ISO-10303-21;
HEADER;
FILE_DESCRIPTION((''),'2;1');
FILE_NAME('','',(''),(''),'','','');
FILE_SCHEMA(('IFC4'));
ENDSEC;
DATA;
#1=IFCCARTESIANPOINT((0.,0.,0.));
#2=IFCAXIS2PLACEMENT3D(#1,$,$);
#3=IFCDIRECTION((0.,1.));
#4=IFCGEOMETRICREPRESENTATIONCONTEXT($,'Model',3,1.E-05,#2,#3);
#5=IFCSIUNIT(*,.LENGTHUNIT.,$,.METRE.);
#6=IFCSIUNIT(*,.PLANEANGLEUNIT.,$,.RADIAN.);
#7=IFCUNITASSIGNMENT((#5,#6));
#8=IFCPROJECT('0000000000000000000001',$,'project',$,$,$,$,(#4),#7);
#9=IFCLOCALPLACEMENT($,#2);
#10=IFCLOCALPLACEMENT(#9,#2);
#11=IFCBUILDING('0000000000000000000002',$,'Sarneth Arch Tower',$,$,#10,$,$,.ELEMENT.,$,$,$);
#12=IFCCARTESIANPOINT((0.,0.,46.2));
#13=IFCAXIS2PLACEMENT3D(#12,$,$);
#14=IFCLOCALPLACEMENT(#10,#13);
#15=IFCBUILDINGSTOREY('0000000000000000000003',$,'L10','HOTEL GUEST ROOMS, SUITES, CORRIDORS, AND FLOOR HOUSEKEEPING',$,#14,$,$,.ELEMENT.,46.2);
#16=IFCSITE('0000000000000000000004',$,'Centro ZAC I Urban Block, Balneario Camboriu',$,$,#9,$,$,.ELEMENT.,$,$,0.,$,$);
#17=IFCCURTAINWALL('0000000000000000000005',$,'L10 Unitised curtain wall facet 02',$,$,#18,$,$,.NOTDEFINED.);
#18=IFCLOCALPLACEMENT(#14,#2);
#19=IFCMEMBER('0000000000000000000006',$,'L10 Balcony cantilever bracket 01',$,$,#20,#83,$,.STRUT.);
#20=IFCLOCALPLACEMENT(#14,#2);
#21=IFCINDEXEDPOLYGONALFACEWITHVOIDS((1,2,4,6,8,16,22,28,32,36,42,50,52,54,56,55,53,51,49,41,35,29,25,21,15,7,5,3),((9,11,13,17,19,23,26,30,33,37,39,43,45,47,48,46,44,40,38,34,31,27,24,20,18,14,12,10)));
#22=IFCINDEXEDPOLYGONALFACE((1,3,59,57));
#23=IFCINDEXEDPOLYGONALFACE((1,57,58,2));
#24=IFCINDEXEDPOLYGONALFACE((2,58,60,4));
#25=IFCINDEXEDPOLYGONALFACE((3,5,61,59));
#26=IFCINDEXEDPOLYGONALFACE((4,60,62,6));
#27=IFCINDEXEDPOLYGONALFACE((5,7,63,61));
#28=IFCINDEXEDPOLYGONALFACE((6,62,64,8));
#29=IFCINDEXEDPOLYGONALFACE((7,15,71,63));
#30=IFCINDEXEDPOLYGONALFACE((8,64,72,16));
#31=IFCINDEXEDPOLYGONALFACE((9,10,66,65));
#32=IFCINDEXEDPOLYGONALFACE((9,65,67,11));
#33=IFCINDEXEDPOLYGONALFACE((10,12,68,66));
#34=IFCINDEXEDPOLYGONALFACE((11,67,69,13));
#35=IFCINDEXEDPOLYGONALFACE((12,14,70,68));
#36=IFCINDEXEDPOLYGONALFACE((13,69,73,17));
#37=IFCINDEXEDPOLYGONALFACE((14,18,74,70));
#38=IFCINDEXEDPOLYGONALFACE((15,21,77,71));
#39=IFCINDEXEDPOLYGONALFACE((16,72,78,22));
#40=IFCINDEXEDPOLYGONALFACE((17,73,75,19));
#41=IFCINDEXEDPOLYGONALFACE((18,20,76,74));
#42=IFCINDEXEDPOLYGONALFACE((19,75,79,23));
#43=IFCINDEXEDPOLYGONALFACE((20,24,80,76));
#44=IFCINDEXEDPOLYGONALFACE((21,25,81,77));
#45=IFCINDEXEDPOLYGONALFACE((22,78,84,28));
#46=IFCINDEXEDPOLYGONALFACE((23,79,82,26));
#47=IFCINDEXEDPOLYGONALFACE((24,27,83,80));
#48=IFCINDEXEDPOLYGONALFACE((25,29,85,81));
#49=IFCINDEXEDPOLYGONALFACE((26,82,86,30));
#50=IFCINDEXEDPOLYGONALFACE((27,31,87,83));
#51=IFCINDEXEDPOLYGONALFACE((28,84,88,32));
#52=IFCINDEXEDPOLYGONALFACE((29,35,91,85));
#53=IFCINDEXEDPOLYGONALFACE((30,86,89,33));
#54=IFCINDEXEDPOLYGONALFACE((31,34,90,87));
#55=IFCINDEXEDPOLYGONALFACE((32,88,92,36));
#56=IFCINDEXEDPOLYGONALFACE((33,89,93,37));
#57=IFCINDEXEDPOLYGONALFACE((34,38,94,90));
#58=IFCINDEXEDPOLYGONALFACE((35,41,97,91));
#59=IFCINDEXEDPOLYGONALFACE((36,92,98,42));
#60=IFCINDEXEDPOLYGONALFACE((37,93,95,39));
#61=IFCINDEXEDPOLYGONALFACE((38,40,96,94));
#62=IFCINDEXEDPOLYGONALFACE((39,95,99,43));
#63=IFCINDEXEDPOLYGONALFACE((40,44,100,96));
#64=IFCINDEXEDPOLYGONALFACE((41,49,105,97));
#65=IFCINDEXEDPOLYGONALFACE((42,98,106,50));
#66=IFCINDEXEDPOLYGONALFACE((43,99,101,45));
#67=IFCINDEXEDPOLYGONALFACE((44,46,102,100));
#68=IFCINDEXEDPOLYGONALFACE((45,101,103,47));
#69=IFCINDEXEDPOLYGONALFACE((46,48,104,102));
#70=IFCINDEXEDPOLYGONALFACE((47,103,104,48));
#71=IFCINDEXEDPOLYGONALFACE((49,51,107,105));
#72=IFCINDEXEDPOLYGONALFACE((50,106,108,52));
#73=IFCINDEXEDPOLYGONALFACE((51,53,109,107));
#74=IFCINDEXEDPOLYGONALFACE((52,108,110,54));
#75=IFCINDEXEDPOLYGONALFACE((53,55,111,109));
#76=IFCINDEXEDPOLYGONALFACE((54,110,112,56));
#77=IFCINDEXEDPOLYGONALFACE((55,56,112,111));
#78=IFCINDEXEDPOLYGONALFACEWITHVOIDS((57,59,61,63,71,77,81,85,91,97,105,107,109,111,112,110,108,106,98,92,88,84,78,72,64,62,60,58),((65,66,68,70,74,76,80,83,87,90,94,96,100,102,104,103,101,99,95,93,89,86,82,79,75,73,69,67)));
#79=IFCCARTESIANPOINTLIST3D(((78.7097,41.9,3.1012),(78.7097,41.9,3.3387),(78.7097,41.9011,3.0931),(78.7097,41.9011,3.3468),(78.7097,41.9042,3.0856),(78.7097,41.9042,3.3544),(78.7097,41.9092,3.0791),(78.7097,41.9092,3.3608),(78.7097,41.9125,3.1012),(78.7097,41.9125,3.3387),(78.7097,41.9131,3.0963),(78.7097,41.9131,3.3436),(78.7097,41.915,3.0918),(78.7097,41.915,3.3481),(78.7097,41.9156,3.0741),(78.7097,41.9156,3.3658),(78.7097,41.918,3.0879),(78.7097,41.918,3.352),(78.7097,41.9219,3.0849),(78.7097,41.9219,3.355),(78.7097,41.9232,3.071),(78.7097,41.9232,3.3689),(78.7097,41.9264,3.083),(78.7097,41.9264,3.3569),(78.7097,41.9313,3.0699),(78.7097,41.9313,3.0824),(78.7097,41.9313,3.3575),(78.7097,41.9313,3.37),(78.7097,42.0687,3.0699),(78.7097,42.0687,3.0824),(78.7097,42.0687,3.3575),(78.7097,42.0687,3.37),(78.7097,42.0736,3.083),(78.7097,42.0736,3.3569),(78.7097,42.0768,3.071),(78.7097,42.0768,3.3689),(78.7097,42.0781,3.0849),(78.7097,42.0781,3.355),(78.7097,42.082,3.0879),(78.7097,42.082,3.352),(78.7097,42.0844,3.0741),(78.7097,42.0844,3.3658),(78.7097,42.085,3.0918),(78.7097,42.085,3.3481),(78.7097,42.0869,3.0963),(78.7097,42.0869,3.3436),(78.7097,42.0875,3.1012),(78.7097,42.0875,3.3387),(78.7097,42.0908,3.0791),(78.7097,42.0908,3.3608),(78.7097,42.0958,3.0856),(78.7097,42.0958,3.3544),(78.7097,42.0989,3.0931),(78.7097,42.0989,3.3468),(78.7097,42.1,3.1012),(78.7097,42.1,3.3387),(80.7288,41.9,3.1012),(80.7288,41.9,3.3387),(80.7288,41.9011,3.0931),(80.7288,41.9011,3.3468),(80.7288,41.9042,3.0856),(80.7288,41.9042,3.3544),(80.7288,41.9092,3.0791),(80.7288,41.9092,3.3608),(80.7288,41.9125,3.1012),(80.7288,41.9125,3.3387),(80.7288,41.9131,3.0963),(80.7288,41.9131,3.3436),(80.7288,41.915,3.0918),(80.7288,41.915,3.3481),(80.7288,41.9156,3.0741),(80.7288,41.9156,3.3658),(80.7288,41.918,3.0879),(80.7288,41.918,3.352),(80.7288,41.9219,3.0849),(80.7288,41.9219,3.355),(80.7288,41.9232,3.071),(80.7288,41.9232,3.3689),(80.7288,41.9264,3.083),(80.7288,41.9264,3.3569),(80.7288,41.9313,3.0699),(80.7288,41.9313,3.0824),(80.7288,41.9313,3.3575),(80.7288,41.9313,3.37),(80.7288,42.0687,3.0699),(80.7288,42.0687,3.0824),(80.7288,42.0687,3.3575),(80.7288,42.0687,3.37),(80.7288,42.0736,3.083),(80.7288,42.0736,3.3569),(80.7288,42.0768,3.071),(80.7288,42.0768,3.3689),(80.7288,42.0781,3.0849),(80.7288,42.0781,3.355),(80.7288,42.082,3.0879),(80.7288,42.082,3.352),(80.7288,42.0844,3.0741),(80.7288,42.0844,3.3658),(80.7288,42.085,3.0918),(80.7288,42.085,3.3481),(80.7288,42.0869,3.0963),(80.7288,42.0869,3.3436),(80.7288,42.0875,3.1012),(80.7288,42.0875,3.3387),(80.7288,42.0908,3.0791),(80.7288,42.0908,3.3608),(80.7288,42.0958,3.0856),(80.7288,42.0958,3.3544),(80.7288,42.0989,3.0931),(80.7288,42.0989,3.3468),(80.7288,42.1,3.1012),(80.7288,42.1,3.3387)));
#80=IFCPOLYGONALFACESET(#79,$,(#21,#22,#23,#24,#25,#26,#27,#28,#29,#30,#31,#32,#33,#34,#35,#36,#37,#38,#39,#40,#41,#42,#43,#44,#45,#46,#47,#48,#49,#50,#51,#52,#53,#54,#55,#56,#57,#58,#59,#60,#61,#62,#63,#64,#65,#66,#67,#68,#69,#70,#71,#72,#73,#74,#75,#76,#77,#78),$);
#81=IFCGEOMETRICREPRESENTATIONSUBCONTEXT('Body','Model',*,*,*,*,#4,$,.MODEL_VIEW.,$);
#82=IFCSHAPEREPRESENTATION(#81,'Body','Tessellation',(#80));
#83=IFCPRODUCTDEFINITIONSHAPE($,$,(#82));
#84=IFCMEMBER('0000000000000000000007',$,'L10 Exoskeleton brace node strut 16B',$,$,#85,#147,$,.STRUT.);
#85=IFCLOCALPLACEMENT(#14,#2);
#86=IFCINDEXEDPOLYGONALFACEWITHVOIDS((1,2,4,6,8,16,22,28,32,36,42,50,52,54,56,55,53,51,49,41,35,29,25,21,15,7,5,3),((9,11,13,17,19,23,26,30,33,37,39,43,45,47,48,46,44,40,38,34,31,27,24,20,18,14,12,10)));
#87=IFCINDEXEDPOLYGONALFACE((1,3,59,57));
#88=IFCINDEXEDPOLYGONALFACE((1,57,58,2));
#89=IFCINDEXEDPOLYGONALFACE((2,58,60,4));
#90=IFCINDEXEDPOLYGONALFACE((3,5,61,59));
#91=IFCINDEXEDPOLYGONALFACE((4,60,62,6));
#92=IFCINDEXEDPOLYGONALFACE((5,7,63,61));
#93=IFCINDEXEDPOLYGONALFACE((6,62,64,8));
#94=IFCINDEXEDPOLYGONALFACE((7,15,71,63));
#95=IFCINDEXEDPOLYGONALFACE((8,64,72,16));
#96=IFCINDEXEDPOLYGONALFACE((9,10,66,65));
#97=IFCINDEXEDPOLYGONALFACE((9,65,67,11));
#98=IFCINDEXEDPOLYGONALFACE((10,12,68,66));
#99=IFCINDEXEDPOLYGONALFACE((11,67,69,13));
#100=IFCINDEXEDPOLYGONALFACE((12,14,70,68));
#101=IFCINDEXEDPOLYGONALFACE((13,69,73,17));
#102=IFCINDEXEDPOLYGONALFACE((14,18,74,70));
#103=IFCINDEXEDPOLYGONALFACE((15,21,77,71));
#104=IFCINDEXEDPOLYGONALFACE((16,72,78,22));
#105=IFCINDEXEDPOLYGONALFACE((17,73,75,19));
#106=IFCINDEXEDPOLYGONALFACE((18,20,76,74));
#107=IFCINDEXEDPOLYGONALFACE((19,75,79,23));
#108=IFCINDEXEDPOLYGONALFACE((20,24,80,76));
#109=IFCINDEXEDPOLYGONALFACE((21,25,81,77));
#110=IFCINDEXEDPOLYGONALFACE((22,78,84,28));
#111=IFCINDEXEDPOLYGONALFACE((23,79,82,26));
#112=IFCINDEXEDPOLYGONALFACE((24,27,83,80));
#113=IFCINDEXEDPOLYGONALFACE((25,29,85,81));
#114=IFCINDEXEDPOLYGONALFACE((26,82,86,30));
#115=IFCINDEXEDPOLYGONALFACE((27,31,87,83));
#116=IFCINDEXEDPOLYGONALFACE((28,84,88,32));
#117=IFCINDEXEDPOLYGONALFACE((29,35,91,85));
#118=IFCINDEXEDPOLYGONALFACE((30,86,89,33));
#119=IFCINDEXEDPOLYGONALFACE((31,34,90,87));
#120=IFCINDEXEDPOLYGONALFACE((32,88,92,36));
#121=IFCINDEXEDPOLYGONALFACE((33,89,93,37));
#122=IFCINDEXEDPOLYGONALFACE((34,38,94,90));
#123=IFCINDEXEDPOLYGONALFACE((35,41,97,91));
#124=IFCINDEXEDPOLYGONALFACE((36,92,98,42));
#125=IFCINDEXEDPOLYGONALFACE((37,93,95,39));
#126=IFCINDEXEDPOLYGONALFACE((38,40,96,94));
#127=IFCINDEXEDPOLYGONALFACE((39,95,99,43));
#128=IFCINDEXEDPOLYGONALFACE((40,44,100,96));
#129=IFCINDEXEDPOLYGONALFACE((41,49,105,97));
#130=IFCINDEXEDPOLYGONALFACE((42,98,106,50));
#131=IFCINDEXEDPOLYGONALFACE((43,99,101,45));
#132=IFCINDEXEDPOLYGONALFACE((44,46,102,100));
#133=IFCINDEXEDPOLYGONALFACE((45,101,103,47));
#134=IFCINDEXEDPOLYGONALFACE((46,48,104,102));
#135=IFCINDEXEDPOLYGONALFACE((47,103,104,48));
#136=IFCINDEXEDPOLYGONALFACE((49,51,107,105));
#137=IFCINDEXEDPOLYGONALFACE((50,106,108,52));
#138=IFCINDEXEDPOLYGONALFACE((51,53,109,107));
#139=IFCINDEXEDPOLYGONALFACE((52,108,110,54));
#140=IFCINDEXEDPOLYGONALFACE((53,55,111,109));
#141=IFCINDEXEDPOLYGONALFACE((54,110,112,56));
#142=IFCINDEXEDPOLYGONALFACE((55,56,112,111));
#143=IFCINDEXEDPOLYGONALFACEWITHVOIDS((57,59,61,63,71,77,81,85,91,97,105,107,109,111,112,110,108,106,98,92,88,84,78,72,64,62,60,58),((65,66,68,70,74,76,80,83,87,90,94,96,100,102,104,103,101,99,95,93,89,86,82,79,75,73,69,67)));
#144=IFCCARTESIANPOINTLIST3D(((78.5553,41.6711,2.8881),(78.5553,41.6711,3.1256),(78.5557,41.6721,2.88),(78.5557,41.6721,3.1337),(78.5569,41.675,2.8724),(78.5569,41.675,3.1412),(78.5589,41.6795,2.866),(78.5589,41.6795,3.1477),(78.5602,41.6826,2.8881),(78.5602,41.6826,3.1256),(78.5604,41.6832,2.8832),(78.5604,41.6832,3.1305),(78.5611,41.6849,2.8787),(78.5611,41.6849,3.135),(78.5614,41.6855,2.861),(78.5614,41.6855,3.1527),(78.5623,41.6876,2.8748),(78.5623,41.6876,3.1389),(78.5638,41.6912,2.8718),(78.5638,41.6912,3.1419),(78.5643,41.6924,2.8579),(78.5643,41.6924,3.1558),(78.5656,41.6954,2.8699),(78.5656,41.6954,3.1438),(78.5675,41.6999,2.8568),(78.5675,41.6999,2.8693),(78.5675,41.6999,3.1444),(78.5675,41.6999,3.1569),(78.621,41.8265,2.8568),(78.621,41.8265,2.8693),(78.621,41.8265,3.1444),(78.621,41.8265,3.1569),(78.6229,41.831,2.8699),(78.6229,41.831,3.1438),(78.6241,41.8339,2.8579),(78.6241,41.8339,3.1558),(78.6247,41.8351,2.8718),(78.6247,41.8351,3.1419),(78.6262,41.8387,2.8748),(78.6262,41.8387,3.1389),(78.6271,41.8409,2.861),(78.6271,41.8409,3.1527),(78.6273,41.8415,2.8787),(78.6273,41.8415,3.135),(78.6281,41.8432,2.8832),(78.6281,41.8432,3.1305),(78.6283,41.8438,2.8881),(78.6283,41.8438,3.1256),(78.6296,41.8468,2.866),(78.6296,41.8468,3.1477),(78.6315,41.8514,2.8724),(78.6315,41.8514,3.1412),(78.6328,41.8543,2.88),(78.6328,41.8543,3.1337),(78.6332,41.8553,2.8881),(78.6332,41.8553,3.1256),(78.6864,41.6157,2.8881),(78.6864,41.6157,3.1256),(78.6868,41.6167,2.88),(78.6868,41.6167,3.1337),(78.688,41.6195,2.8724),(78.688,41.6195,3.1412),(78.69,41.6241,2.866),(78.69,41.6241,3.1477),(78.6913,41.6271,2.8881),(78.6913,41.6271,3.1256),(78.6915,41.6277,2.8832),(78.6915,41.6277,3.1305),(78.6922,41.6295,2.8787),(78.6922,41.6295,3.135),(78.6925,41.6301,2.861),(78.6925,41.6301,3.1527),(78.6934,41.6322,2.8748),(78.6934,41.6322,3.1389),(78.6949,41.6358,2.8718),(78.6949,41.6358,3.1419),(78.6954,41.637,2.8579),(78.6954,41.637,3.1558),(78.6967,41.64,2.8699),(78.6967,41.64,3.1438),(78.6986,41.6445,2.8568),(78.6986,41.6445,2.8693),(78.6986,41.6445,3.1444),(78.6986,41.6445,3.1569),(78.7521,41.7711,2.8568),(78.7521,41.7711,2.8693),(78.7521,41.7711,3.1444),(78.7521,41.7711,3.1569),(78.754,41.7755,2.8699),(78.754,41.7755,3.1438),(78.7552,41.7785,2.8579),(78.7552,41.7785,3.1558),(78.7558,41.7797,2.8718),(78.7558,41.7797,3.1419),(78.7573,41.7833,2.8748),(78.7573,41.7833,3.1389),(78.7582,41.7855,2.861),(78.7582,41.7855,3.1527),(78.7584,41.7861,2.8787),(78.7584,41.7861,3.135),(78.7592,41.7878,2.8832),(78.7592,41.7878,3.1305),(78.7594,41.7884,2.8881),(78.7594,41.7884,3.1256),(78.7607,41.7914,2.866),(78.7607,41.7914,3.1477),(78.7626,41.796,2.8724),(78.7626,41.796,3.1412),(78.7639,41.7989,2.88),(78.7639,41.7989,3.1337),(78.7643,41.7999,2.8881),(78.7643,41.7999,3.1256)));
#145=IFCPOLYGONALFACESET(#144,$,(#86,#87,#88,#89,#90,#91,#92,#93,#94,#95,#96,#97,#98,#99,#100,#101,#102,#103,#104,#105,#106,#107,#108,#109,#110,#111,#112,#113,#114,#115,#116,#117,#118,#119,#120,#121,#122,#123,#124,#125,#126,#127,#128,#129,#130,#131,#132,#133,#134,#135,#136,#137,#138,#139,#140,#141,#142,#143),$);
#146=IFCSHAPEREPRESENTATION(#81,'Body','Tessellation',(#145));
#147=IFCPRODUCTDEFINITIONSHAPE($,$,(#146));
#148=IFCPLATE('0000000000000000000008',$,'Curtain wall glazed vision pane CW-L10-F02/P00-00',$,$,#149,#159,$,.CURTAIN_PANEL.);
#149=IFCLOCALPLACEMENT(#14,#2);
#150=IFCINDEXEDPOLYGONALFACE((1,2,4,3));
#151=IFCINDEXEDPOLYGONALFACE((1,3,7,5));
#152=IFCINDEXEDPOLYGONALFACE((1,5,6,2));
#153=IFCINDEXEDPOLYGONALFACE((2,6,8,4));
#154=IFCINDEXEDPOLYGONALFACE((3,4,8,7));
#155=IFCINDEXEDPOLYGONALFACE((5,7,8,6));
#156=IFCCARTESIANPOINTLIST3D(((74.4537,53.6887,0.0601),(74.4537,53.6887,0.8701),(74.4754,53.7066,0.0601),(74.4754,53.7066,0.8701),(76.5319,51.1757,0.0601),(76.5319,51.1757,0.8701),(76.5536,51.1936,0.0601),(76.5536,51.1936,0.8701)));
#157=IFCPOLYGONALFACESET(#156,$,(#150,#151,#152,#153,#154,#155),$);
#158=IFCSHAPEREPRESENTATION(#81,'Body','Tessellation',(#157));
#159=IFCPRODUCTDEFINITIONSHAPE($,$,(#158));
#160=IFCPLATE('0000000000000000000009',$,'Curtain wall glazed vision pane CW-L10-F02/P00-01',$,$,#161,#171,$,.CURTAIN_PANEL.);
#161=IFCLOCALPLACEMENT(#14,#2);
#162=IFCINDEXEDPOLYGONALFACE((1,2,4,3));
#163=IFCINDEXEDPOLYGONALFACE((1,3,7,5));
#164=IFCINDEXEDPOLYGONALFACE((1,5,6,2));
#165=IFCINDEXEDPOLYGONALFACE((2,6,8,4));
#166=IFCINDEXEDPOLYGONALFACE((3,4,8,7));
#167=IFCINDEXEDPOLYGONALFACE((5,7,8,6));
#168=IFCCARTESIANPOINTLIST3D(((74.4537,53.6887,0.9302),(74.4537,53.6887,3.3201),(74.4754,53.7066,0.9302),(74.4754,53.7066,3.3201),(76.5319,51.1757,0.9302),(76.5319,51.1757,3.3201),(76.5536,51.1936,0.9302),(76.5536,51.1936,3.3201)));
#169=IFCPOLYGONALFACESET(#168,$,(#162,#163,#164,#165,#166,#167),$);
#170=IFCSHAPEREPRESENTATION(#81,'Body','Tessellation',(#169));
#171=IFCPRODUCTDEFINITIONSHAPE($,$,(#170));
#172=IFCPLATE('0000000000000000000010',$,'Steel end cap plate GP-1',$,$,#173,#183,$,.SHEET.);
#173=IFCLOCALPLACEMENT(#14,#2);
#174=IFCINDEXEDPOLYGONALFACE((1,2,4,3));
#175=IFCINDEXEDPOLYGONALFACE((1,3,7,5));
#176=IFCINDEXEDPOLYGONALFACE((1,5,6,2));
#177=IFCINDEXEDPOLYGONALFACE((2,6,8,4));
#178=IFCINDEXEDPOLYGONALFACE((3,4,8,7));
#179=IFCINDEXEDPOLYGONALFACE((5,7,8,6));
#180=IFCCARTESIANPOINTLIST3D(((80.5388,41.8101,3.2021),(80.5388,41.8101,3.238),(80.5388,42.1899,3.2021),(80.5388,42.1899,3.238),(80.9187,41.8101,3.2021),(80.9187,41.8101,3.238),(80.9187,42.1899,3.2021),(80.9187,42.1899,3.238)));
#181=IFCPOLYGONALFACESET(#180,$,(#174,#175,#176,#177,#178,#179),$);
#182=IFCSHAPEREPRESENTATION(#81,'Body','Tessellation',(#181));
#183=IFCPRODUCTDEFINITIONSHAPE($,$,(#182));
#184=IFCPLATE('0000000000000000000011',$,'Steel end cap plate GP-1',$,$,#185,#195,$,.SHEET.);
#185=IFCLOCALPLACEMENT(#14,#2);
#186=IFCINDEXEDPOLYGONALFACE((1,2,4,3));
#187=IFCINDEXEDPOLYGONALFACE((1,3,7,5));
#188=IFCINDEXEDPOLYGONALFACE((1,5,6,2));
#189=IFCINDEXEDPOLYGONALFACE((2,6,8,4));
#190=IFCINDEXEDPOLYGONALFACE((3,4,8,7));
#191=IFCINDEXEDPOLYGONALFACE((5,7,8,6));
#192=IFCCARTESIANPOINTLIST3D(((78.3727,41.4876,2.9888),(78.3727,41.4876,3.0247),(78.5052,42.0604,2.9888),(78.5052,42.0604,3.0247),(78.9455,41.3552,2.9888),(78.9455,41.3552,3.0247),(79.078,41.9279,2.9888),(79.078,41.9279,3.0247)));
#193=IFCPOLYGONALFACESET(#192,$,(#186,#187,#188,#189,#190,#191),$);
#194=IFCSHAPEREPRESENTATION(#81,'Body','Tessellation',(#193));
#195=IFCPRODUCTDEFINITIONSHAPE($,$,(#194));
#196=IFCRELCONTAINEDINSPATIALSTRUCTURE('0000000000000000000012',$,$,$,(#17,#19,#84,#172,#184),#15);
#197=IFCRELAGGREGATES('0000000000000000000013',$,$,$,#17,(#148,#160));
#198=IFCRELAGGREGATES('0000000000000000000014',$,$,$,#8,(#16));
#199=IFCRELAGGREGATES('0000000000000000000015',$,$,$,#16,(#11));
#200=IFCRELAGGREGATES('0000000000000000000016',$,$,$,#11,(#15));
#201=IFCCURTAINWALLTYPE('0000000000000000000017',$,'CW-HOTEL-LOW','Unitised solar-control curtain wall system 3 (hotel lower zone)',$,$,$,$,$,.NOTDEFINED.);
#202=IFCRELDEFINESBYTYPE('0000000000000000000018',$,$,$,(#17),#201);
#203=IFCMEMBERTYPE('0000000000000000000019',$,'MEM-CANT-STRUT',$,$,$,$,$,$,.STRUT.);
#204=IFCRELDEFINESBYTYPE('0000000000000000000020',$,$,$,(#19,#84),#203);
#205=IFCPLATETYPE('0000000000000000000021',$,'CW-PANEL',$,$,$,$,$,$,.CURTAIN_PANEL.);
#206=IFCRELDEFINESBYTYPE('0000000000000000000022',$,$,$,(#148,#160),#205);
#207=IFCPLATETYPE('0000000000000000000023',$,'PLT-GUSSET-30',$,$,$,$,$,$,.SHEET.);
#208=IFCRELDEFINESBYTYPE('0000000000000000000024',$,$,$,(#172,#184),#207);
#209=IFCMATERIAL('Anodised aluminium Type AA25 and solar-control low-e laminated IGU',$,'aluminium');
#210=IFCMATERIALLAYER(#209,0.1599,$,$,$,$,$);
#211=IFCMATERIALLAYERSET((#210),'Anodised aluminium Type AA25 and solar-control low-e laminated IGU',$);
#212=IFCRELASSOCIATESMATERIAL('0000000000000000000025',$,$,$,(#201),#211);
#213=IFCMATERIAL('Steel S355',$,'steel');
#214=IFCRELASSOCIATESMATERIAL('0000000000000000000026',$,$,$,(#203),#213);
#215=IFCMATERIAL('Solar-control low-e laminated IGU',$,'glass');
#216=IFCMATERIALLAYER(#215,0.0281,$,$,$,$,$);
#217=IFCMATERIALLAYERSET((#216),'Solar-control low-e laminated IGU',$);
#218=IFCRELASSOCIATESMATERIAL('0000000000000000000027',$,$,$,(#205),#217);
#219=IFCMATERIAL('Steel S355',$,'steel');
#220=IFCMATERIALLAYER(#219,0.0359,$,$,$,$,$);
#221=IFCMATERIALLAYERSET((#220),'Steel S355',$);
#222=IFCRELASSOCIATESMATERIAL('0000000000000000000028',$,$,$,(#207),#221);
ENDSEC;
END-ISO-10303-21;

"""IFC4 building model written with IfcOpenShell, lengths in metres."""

from ifc_helpers import new_model, si_unit, direction, frame, origin, origin_2d, place, context, subcontext, project, spatial, rectangle, hollow_rectangle, extrude, material, layer, layer_set, material_profile, profile_set, type_object, element, aggregate, save


model = new_model("IFC4")

# Units and contexts
model_context = context("Model", 3, precision=1e-05, world=origin(), true_north=direction((0.0, 1.0)))
body_context = subcontext(model_context, "Body", "Model", "MODEL_VIEW")
ifc_project = project(units=[si_unit("LENGTHUNIT", "METRE"), si_unit("PLANEANGLEUNIT", "RADIAN")], contexts=[model_context])

# Site, building, storey
site_placement = place(None, origin())
site = spatial("IfcSite", under=ifc_project, at=site_placement, Name="Centro ZAC I Urban Block, Balneario Camboriu", CompositionType="ELEMENT", RefElevation=0.0)
building_placement = place(site_placement, origin())
building = spatial("IfcBuilding", under=site, at=building_placement, Name="Sarneth Arch Tower", CompositionType="ELEMENT")
storey_placement = place(building_placement, frame((0.0, 0.0, 46.2)))
storey = spatial("IfcBuildingStorey", under=building, at=storey_placement, Name="L10", Description="HOTEL GUEST ROOMS, SUITES, CORRIDORS, AND FLOOR HOUSEKEEPING", CompositionType="ELEMENT", Elevation=46.2)

# Curtain wall
ifc_material_1 = material(Name="Anodised aluminium Type AA25 and solar-control low-e laminated IGU", Category="aluminium")
ifc_layer_1 = layer(ifc_material_1, 0.1599)
ifc_layer_set_1 = layer_set([ifc_layer_1], Name="Anodised aluminium Type AA25 and solar-control low-e laminated IGU")
curtain_wall_type = type_object("IfcCurtainWallType", Name="CW-HOTEL-LOW", Description="Unitised solar-control curtain wall system 3 (hotel lower zone)", PredefinedType="NOTDEFINED", material=ifc_layer_set_1)
curtain_wall_placement = place(storey_placement, origin())
curtain_wall = element("IfcCurtainWall", 1, at=curtain_wall_placement, inside=storey, type_object=curtain_wall_type, Name="L10 Unitised curtain wall facet 02", PredefinedType="NOTDEFINED")

# Members
ifc_material_2 = material(Name="Steel S355", Category="steel")
ifc_material_profile_1 = material_profile(ifc_material_2, hollow_rectangle(XDim=0.2, YDim=0.3, WallThickness=0.0125, InnerFilletRadius=0.0188, OuterFilletRadius=0.0312, at=origin_2d()), Name="RHS300x200x12.5")
ifc_profile_set_1 = profile_set([ifc_material_profile_1], Name="Steel S355")
member_type_1 = type_object("IfcMemberType", Name="MEM-CANT-STRUT", PredefinedType="STRUT", material=ifc_profile_set_1)
member_1_placement = place(storey_placement, frame((78.7097, 42.0, 3.22), z_axis=(1.0, 0.0, 0.0), x_axis=(0.0, 1.0, 0.0)))
element("IfcMember", 2, at=member_1_placement, inside=storey, type_object=member_type_1, Name="L10 Balcony cantilever bracket 01", PredefinedType="STRUT", context=body_context, shape_type="SweptSolid", body=[
    extrude(hollow_rectangle(XDim=0.2, YDim=0.3, WallThickness=0.0125, InnerFilletRadius=0.0188, OuterFilletRadius=0.0312, at=origin_2d()), origin(), (0.0, 0.0, 1.0), 2.019),
])
member_2_placement = place(storey_placement, frame((78.5942, 41.7632, 3.0068), z_axis=(0.921086, -0.38936, 0.0), x_axis=(0.38936, 0.921086, 0.0)))
element("IfcMember", 3, at=member_2_placement, inside=storey, type_object=member_type_1, Name="L10 Exoskeleton brace node strut 16B", PredefinedType="STRUT", context=body_context, shape_type="SweptSolid", body=[
    extrude(hollow_rectangle(XDim=0.2, YDim=0.3, WallThickness=0.0125, InnerFilletRadius=0.0188, OuterFilletRadius=0.0312, at=origin_2d()), origin(), (0.0, 0.0, 1.0), 0.1423),
])

# Plates
ifc_material_3 = material(Name="Solar-control low-e laminated IGU", Category="glass")
ifc_layer_2 = layer(ifc_material_3, 0.0281)
ifc_layer_set_2 = layer_set([ifc_layer_2], Name="Solar-control low-e laminated IGU")
plate_type_1 = type_object("IfcPlateType", Name="CW-PANEL", PredefinedType="CURTAIN_PANEL", material=ifc_layer_set_2)
plate_1_placement = place(storey_placement, frame((75.5037, 52.4412, 0.0601), z_axis=(0.0, 0.0, 1.0), x_axis=(-0.637291, 0.770623, 0.0)))
plate_1 = element("IfcPlate", 4, at=plate_1_placement, type_object=plate_type_1, Name="Curtain wall glazed vision pane CW-L10-F02/P00-00", PredefinedType="CURTAIN_PANEL", context=body_context, shape_type="SweptSolid", body=[
    extrude(rectangle(XDim=3.261, YDim=0.0281, at=origin_2d()), origin(), (0.0, 0.0, 1.0), 0.8101),
])
plate_2_placement = place(storey_placement, frame((75.5037, 52.4412, 0.9302), z_axis=(0.0, 0.0, 1.0), x_axis=(-0.637291, 0.770623, 0.0)))
plate_2 = element("IfcPlate", 5, at=plate_2_placement, type_object=plate_type_1, Name="Curtain wall glazed vision pane CW-L10-F02/P00-01", PredefinedType="CURTAIN_PANEL", context=body_context, shape_type="SweptSolid", body=[
    extrude(rectangle(XDim=3.261, YDim=0.0281, at=origin_2d()), origin(), (0.0, 0.0, 1.0), 2.3899),
])
aggregate(curtain_wall, [plate_1, plate_2])

# Plates
ifc_material_4 = material(Name="Steel S355", Category="steel")
ifc_layer_3 = layer(ifc_material_4, 0.0359)
ifc_layer_set_3 = layer_set([ifc_layer_3], Name="Steel S355")
plate_type_2 = type_object("IfcPlateType", Name="PLT-GUSSET-30", PredefinedType="SHEET", material=ifc_layer_set_3)
plate_3_placement = place(storey_placement, frame((80.7288, 42.0, 3.2021), z_axis=(0.0, 0.0, 1.0), x_axis=(1.0, 0.0, 0.0)))
element("IfcPlate", 6, at=plate_3_placement, inside=storey, type_object=plate_type_2, Name="Steel end cap plate GP-1", PredefinedType="SHEET", context=body_context, shape_type="SweptSolid", body=[
    extrude(rectangle(XDim=0.3799, YDim=0.3799, at=origin_2d()), origin(), (0.0, 0.0, 1.0), 0.0359),
])
plate_4_placement = place(storey_placement, frame((78.7253, 41.7078, 2.9888), z_axis=(0.0, 0.0, 1.0), x_axis=(0.225291, 0.974291, 0.0)))
element("IfcPlate", 7, at=plate_4_placement, inside=storey, type_object=plate_type_2, Name="Steel end cap plate GP-1", PredefinedType="SHEET", context=body_context, shape_type="SweptSolid", body=[
    extrude(rectangle(XDim=0.5879, YDim=0.5879, at=origin_2d()), origin(), (0.0, 0.0, 1.0), 0.0359),
])

save(model, "model.ifc")
